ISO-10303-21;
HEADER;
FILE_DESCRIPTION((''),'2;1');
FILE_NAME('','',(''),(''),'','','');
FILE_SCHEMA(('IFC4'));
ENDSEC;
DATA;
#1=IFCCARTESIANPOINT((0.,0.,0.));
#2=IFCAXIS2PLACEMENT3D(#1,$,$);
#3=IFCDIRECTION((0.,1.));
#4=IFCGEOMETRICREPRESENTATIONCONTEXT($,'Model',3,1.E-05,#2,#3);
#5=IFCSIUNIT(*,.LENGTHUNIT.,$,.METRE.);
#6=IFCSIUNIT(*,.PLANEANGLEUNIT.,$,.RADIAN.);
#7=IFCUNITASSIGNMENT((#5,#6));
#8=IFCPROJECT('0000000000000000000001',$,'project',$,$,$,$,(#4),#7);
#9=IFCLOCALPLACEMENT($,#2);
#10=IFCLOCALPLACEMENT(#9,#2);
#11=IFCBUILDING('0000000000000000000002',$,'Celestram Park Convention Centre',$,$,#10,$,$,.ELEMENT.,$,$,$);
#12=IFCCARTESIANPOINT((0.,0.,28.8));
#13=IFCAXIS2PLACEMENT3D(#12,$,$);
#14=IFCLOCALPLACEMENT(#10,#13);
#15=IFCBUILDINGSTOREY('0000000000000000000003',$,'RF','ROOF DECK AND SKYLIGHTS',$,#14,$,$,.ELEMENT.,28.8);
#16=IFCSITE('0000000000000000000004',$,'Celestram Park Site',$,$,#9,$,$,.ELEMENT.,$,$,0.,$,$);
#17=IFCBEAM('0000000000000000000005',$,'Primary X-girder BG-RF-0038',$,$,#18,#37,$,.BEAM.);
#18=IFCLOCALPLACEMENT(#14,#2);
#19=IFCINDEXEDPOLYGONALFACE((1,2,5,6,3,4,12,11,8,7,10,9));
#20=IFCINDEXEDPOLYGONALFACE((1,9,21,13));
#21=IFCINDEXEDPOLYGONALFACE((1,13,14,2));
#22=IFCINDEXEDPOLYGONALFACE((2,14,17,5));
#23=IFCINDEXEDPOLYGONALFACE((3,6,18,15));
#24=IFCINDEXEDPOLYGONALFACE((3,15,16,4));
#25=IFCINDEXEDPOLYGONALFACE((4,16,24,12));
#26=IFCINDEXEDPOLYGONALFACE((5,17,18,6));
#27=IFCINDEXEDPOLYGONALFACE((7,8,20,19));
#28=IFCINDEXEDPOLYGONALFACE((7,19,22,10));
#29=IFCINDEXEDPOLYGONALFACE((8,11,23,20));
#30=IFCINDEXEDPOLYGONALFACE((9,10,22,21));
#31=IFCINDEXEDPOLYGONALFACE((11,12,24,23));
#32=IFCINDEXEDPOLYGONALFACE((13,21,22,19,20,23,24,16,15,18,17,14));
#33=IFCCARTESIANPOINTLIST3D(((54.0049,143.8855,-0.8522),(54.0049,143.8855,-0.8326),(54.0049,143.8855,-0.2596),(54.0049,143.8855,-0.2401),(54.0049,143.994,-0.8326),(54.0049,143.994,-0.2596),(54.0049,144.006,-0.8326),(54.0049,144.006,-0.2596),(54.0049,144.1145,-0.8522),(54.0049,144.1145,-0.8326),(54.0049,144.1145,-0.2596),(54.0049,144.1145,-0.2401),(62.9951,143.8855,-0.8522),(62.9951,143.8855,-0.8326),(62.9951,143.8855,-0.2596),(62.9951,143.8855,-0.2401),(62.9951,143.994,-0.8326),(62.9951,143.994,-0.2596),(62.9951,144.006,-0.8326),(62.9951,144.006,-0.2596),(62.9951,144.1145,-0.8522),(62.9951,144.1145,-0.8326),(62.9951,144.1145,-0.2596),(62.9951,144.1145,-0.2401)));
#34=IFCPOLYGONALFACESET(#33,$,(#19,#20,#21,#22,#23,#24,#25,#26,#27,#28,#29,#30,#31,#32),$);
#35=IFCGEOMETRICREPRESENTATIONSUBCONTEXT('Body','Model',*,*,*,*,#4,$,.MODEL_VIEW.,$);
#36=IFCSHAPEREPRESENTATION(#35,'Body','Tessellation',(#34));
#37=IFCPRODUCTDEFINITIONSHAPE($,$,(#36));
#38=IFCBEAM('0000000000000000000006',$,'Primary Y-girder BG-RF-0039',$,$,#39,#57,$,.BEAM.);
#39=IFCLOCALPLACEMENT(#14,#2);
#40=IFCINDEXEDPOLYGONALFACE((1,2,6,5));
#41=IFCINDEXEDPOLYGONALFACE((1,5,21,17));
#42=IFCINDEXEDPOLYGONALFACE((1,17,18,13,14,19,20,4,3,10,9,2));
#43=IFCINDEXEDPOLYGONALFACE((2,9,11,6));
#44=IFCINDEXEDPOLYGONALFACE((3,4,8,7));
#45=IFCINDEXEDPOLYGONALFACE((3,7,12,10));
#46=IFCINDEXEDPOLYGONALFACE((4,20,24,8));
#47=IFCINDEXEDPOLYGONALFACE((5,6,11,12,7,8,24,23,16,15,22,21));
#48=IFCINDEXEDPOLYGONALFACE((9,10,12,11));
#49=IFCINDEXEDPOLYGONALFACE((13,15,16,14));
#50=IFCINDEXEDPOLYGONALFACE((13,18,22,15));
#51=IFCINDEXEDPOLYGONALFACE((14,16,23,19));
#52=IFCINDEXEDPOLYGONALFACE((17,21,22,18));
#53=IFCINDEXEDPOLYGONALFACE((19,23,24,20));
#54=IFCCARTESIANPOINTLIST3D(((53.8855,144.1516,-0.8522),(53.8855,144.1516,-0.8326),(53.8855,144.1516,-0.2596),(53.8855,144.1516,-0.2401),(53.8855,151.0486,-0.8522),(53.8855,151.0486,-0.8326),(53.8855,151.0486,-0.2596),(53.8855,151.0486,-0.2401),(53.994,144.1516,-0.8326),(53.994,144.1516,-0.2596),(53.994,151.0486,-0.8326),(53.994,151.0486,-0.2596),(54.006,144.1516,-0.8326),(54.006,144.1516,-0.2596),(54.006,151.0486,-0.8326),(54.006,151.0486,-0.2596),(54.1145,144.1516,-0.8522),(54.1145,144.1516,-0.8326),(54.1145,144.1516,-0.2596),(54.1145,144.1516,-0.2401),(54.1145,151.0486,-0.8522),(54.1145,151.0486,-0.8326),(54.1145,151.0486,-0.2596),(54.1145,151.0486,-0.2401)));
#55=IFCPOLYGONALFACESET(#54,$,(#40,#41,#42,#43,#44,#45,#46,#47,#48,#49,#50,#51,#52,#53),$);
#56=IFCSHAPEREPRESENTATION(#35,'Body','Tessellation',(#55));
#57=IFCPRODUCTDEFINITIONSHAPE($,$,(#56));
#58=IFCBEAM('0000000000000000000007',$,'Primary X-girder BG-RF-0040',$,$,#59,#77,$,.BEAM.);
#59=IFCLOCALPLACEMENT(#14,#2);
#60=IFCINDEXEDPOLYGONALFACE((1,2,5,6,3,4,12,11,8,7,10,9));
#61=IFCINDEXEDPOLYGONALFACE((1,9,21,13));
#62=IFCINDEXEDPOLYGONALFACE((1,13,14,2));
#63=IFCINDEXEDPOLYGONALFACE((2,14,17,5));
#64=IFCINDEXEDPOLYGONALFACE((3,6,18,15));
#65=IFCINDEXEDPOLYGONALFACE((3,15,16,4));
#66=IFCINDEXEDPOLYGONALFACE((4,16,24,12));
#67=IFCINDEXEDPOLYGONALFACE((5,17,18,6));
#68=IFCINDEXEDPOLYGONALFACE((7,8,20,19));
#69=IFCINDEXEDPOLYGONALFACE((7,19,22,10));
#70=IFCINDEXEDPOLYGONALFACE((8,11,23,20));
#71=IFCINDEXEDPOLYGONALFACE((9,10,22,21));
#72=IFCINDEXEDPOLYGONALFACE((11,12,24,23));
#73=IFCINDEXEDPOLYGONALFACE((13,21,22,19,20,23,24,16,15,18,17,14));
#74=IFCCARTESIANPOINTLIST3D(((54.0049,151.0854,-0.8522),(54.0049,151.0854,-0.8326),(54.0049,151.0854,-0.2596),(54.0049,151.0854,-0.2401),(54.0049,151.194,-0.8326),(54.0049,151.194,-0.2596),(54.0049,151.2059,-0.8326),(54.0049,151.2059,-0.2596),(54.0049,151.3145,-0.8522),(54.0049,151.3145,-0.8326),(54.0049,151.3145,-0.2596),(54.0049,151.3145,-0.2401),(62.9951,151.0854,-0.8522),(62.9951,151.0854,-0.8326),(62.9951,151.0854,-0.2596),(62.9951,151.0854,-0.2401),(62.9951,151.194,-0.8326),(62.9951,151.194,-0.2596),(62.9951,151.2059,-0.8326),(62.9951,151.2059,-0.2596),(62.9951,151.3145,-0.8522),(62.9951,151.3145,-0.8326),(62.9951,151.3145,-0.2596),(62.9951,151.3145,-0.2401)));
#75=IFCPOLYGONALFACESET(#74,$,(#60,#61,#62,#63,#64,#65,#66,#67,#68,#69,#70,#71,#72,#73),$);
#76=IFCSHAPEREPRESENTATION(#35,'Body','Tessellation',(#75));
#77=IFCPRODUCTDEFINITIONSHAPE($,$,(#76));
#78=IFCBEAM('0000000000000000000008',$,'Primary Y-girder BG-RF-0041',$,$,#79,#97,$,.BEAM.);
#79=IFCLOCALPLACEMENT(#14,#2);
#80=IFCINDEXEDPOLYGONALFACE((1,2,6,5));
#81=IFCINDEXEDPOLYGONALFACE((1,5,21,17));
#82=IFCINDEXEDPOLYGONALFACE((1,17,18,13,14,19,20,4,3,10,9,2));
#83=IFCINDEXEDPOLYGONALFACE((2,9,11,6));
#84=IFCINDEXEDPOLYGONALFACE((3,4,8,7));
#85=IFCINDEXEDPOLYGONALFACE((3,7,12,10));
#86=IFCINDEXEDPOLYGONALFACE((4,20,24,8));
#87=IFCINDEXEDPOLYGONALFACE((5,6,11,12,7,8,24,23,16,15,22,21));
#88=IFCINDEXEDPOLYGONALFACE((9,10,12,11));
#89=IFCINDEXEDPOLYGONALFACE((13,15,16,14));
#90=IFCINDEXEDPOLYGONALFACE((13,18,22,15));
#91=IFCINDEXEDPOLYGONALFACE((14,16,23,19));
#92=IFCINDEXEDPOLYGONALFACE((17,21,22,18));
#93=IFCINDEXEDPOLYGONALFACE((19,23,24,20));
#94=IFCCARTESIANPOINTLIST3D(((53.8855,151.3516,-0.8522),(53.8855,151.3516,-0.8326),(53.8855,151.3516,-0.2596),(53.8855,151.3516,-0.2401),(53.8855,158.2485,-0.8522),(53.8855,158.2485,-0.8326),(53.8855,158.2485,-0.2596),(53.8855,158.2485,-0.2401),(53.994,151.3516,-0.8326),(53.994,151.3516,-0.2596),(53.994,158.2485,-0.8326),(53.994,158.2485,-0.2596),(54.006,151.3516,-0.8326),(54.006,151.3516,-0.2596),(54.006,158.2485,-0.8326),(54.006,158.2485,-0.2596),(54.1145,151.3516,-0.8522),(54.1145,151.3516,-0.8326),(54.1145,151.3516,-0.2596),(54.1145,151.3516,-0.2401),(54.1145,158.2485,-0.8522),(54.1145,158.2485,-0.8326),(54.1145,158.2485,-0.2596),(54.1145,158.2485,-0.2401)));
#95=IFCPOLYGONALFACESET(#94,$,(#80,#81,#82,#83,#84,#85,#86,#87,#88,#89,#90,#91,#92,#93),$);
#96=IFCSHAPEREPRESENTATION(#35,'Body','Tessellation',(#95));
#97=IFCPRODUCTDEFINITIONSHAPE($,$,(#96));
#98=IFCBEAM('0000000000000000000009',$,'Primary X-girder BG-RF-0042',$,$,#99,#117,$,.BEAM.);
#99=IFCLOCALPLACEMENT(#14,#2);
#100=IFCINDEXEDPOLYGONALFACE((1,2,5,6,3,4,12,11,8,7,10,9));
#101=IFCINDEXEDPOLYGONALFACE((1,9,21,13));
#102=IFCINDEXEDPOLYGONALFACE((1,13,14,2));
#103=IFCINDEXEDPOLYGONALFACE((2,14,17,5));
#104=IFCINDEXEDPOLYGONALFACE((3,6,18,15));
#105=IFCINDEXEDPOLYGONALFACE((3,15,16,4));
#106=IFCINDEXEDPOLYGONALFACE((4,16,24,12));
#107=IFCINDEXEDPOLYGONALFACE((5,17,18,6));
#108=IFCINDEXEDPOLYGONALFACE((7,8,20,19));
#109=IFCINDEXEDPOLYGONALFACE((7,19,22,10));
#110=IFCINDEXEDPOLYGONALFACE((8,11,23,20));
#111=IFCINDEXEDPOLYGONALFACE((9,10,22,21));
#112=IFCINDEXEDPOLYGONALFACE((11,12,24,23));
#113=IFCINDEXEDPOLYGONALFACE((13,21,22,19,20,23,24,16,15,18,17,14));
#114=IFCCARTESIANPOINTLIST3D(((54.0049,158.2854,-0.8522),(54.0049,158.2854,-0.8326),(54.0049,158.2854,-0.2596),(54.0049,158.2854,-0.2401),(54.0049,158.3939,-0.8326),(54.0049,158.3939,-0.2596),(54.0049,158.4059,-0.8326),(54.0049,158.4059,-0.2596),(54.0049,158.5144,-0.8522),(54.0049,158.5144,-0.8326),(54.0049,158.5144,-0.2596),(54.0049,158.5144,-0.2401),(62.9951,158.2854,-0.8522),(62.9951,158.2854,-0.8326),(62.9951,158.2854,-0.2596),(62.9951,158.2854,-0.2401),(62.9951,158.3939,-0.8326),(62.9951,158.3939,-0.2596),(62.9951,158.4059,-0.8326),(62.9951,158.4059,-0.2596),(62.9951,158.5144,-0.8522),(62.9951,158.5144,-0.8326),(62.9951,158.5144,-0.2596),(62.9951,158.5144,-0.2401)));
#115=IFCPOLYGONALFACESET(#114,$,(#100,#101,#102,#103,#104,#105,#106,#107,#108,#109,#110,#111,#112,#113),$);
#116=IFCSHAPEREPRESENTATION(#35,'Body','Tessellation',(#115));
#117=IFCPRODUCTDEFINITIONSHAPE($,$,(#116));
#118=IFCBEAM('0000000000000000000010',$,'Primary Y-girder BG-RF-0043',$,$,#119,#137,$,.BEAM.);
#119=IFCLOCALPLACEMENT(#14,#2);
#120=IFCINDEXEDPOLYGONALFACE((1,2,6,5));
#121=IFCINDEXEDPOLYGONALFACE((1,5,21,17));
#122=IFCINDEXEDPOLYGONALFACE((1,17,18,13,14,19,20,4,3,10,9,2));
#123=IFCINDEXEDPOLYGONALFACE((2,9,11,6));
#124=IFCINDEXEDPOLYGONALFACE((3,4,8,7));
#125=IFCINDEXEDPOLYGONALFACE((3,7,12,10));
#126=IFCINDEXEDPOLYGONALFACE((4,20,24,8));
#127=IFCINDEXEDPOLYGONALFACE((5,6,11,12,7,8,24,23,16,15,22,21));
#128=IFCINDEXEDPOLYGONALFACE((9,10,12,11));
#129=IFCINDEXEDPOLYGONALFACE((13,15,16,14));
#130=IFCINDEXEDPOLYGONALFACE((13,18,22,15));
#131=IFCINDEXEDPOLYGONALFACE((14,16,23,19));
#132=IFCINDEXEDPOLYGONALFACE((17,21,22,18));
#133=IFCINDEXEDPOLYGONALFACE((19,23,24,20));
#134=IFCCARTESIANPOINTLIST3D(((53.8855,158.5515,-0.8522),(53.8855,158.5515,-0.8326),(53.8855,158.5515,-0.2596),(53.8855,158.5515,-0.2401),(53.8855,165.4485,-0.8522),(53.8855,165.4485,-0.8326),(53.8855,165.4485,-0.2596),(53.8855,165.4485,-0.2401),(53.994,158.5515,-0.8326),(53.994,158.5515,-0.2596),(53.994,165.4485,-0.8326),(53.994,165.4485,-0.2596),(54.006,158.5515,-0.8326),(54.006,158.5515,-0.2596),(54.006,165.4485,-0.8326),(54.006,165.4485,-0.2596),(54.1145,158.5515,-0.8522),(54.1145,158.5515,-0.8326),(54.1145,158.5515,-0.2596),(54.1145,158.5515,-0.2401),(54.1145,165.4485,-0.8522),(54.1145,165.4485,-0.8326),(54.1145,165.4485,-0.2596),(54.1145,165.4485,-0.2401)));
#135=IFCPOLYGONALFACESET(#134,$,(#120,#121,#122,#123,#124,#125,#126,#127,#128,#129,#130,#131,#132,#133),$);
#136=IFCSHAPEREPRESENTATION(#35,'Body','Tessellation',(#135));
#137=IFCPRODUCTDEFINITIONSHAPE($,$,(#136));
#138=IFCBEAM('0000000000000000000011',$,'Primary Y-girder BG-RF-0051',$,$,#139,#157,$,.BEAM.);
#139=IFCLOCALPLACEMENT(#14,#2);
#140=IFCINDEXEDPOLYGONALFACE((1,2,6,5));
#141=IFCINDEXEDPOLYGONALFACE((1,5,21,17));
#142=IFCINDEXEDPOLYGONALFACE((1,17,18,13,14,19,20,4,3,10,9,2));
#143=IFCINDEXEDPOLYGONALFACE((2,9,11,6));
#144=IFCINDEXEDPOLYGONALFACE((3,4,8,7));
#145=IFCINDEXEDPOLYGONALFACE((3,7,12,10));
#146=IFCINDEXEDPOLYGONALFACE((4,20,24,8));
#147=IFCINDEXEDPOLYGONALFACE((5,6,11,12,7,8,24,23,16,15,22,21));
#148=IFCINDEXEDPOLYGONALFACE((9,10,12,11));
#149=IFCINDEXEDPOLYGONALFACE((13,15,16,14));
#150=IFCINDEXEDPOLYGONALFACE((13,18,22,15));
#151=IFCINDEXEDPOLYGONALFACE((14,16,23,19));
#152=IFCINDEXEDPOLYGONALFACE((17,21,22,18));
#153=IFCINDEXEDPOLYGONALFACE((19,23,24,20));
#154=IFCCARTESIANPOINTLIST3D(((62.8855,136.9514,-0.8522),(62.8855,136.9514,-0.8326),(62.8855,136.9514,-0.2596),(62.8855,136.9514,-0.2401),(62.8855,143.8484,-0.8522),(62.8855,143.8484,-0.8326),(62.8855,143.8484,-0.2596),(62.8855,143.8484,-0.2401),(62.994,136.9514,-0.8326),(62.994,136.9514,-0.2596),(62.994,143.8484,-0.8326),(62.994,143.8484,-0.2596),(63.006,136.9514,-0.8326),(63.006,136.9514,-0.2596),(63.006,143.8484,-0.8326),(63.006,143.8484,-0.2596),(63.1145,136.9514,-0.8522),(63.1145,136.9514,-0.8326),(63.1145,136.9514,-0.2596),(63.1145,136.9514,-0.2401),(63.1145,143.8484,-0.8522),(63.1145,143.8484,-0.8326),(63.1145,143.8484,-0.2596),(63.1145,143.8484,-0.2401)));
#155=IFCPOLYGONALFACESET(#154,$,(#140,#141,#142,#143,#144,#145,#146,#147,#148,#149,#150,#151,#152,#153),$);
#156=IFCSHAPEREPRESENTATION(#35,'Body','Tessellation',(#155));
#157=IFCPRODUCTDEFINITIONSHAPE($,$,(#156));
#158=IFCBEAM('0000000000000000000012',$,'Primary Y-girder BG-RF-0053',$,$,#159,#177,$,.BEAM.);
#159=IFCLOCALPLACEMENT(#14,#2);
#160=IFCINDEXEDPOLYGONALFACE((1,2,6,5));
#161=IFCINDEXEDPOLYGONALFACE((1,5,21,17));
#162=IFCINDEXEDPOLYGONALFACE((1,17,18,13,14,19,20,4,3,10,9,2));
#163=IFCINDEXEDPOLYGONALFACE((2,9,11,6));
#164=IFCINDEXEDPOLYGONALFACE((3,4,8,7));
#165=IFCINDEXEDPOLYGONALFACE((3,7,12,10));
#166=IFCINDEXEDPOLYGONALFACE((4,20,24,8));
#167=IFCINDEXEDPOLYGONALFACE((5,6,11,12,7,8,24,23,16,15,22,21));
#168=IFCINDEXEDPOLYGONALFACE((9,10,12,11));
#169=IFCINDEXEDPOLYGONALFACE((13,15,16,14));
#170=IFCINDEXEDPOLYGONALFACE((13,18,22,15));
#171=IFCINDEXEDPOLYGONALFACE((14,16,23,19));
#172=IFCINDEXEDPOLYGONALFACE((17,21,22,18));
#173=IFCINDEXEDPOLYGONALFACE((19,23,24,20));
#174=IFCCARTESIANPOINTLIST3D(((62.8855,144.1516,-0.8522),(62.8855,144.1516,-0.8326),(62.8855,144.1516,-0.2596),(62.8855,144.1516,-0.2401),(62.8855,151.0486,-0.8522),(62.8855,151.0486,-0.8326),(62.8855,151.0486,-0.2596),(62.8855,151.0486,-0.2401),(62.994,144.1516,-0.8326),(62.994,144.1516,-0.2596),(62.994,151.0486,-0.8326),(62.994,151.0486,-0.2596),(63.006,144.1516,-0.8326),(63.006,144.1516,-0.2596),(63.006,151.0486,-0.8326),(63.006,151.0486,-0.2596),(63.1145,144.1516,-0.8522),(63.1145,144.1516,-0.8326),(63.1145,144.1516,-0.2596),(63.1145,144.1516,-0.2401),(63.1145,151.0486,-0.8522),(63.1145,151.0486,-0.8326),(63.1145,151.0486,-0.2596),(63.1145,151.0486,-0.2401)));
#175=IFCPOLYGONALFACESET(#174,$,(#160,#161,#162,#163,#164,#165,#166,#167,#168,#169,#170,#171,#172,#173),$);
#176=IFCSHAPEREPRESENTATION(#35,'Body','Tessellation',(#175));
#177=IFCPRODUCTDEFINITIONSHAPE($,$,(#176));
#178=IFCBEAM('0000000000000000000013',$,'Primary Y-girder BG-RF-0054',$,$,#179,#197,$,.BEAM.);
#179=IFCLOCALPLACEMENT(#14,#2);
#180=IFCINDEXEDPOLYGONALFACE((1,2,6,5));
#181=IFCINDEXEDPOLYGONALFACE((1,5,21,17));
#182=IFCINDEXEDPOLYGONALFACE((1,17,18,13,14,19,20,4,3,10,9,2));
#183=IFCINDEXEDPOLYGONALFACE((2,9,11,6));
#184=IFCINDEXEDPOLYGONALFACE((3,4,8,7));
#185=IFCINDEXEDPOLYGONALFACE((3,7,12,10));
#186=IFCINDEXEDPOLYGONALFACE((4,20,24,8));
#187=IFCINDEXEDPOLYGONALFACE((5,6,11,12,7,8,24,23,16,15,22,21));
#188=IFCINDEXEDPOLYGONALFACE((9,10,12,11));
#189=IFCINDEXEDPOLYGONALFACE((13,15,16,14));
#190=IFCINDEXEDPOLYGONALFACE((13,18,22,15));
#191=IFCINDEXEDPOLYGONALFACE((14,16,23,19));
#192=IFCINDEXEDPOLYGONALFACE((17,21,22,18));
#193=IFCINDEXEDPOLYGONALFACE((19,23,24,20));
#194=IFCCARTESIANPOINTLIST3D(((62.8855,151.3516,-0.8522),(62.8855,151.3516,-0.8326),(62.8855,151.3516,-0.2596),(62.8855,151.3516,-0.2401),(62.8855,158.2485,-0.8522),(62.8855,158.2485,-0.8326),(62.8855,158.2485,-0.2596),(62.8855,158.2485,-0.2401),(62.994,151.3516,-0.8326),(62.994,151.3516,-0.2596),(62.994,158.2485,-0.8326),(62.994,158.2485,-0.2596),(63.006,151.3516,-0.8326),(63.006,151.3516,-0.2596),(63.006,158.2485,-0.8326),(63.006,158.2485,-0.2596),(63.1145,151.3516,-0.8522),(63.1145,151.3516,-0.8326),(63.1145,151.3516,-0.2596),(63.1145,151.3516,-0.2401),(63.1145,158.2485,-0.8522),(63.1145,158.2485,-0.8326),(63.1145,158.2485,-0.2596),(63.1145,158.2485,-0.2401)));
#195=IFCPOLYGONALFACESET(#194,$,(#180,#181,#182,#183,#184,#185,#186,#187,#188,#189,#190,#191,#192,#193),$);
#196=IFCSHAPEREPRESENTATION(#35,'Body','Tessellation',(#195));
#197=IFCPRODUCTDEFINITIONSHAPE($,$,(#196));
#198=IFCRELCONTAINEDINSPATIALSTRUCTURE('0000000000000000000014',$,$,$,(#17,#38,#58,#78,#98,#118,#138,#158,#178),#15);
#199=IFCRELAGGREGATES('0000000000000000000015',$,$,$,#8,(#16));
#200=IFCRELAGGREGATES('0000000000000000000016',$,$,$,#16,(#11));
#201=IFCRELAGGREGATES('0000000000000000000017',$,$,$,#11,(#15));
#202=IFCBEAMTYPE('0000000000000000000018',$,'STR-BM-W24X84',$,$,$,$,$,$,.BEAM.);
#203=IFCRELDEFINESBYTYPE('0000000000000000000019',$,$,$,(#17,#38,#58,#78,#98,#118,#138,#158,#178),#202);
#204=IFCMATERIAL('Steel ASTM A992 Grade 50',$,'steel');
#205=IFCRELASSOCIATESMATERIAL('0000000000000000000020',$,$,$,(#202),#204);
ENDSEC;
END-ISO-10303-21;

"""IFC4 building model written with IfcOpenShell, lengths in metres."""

from ifc_helpers import new_model, si_unit, direction, frame, origin, origin_2d, place, context, subcontext, project, spatial, i_section, extrude, material, material_profile, profile_set, type_object, element, save


model = new_model("IFC4")

# Units and contexts
model_context = context("Model", 3, precision=1e-05, world=origin(), true_north=direction((0.0, 1.0)))
body_context = subcontext(model_context, "Body", "Model", "MODEL_VIEW")
ifc_project = project(units=[si_unit("LENGTHUNIT", "METRE"), si_unit("PLANEANGLEUNIT", "RADIAN")], contexts=[model_context])

# Site, building, storey
site_placement = place(None, origin())
site = spatial("IfcSite", under=ifc_project, at=site_placement, Name="Celestram Park Site", CompositionType="ELEMENT", RefElevation=0.0)
building_placement = place(site_placement, origin())
building = spatial("IfcBuilding", under=site, at=building_placement, Name="Celestram Park Convention Centre", CompositionType="ELEMENT")
storey_placement = place(building_placement, frame((0.0, 0.0, 28.8)))
storey = spatial("IfcBuildingStorey", under=building, at=storey_placement, Name="RF", Description="ROOF DECK AND SKYLIGHTS", CompositionType="ELEMENT", Elevation=28.8)

# Beams
ifc_material_1 = material(Name="Steel ASTM A992 Grade 50", Category="steel")
ifc_material_profile_1 = material_profile(ifc_material_1, i_section(OverallWidth=0.229, OverallDepth=0.6121, WebThickness=0.012, FlangeThickness=0.0195, at=origin_2d()), Name="W24X84")
ifc_profile_set_1 = profile_set([ifc_material_profile_1], Name="Steel ASTM A992 Grade 50")
beam_type_1 = type_object("IfcBeamType", Name="STR-BM-W24X84", PredefinedType="BEAM", material=ifc_profile_set_1)
beam_1_placement = place(storey_placement, frame((54.0049, 144.0, -0.5461), z_axis=(1.0, 0.0, 0.0), x_axis=(0.0, 1.0, 0.0)))
element("IfcBeam", 1, at=beam_1_placement, inside=storey, type_object=beam_type_1, Name="Primary X-girder BG-RF-0038", PredefinedType="BEAM", context=body_context, shape_type="SweptSolid", body=[
    extrude(i_section(OverallWidth=0.229, OverallDepth=0.6121, WebThickness=0.012, FlangeThickness=0.0195, at=origin_2d()), origin(), (0.0, 0.0, 1.0), 8.9902),
])
beam_2_placement = place(storey_placement, frame((54.0, 144.1516, -0.5461), z_axis=(0.0, 1.0, 0.0), x_axis=(-1.0, 0.0, 0.0)))
element("IfcBeam", 2, at=beam_2_placement, inside=storey, type_object=beam_type_1, Name="Primary Y-girder BG-RF-0039", PredefinedType="BEAM", context=body_context, shape_type="SweptSolid", body=[
    extrude(i_section(OverallWidth=0.229, OverallDepth=0.6121, WebThickness=0.012, FlangeThickness=0.0195, at=origin_2d()), origin(), (0.0, 0.0, 1.0), 6.897),
])
beam_3_placement = place(storey_placement, frame((54.0049, 151.2, -0.5461), z_axis=(1.0, 0.0, 0.0), x_axis=(0.0, 1.0, 0.0)))
element("IfcBeam", 3, at=beam_3_placement, inside=storey, type_object=beam_type_1, Name="Primary X-girder BG-RF-0040", PredefinedType="BEAM", context=body_context, shape_type="SweptSolid", body=[
    extrude(i_section(OverallWidth=0.229, OverallDepth=0.6121, WebThickness=0.012, FlangeThickness=0.0195, at=origin_2d()), origin(), (0.0, 0.0, 1.0), 8.9902),
])
beam_4_placement = place(storey_placement, frame((54.0, 151.3516, -0.5461), z_axis=(0.0, 1.0, 0.0), x_axis=(-1.0, 0.0, 0.0)))
element("IfcBeam", 4, at=beam_4_placement, inside=storey, type_object=beam_type_1, Name="Primary Y-girder BG-RF-0041", PredefinedType="BEAM", context=body_context, shape_type="SweptSolid", body=[
    extrude(i_section(OverallWidth=0.229, OverallDepth=0.6121, WebThickness=0.012, FlangeThickness=0.0195, at=origin_2d()), origin(), (0.0, 0.0, 1.0), 6.897),
])
beam_5_placement = place(storey_placement, frame((54.0049, 158.3999, -0.5461), z_axis=(1.0, 0.0, 0.0), x_axis=(0.0, 1.0, 0.0)))
element("IfcBeam", 5, at=beam_5_placement, inside=storey, type_object=beam_type_1, Name="Primary X-girder BG-RF-0042", PredefinedType="BEAM", context=body_context, shape_type="SweptSolid", body=[
    extrude(i_section(OverallWidth=0.229, OverallDepth=0.6121, WebThickness=0.012, FlangeThickness=0.0195, at=origin_2d()), origin(), (0.0, 0.0, 1.0), 8.9902),
])
for number, where, z_axis, x_axis, name in (
    (6, (54.0, 158.5515, -0.5461), (0.0, 1.0, 0.0), (-1.0, 0.0, 0.0), "Primary Y-girder BG-RF-0043"),
    (7, (63.0, 136.9514, -0.5461), (0.0, 1.0, 0.0), (-1.0, 0.0, 0.0), "Primary Y-girder BG-RF-0051"),
    (8, (63.0, 144.1516, -0.5461), (0.0, 1.0, 0.0), (-1.0, 0.0, 0.0), "Primary Y-girder BG-RF-0053"),
    (9, (63.0, 151.3516, -0.5461), (0.0, 1.0, 0.0), (-1.0, 0.0, 0.0), "Primary Y-girder BG-RF-0054"),
):
    element("IfcBeam", number, at=place(storey_placement, frame(where, z_axis=z_axis, x_axis=x_axis)), inside=storey, type_object=beam_type_1, Name=name, PredefinedType="BEAM", context=body_context, shape_type="SweptSolid", body=[
        extrude(i_section(OverallWidth=0.229, OverallDepth=0.6121, WebThickness=0.012, FlangeThickness=0.0195, at=origin_2d()), origin(), (0.0, 0.0, 1.0), 6.897),
    ])

save(model, "model.ifc")
